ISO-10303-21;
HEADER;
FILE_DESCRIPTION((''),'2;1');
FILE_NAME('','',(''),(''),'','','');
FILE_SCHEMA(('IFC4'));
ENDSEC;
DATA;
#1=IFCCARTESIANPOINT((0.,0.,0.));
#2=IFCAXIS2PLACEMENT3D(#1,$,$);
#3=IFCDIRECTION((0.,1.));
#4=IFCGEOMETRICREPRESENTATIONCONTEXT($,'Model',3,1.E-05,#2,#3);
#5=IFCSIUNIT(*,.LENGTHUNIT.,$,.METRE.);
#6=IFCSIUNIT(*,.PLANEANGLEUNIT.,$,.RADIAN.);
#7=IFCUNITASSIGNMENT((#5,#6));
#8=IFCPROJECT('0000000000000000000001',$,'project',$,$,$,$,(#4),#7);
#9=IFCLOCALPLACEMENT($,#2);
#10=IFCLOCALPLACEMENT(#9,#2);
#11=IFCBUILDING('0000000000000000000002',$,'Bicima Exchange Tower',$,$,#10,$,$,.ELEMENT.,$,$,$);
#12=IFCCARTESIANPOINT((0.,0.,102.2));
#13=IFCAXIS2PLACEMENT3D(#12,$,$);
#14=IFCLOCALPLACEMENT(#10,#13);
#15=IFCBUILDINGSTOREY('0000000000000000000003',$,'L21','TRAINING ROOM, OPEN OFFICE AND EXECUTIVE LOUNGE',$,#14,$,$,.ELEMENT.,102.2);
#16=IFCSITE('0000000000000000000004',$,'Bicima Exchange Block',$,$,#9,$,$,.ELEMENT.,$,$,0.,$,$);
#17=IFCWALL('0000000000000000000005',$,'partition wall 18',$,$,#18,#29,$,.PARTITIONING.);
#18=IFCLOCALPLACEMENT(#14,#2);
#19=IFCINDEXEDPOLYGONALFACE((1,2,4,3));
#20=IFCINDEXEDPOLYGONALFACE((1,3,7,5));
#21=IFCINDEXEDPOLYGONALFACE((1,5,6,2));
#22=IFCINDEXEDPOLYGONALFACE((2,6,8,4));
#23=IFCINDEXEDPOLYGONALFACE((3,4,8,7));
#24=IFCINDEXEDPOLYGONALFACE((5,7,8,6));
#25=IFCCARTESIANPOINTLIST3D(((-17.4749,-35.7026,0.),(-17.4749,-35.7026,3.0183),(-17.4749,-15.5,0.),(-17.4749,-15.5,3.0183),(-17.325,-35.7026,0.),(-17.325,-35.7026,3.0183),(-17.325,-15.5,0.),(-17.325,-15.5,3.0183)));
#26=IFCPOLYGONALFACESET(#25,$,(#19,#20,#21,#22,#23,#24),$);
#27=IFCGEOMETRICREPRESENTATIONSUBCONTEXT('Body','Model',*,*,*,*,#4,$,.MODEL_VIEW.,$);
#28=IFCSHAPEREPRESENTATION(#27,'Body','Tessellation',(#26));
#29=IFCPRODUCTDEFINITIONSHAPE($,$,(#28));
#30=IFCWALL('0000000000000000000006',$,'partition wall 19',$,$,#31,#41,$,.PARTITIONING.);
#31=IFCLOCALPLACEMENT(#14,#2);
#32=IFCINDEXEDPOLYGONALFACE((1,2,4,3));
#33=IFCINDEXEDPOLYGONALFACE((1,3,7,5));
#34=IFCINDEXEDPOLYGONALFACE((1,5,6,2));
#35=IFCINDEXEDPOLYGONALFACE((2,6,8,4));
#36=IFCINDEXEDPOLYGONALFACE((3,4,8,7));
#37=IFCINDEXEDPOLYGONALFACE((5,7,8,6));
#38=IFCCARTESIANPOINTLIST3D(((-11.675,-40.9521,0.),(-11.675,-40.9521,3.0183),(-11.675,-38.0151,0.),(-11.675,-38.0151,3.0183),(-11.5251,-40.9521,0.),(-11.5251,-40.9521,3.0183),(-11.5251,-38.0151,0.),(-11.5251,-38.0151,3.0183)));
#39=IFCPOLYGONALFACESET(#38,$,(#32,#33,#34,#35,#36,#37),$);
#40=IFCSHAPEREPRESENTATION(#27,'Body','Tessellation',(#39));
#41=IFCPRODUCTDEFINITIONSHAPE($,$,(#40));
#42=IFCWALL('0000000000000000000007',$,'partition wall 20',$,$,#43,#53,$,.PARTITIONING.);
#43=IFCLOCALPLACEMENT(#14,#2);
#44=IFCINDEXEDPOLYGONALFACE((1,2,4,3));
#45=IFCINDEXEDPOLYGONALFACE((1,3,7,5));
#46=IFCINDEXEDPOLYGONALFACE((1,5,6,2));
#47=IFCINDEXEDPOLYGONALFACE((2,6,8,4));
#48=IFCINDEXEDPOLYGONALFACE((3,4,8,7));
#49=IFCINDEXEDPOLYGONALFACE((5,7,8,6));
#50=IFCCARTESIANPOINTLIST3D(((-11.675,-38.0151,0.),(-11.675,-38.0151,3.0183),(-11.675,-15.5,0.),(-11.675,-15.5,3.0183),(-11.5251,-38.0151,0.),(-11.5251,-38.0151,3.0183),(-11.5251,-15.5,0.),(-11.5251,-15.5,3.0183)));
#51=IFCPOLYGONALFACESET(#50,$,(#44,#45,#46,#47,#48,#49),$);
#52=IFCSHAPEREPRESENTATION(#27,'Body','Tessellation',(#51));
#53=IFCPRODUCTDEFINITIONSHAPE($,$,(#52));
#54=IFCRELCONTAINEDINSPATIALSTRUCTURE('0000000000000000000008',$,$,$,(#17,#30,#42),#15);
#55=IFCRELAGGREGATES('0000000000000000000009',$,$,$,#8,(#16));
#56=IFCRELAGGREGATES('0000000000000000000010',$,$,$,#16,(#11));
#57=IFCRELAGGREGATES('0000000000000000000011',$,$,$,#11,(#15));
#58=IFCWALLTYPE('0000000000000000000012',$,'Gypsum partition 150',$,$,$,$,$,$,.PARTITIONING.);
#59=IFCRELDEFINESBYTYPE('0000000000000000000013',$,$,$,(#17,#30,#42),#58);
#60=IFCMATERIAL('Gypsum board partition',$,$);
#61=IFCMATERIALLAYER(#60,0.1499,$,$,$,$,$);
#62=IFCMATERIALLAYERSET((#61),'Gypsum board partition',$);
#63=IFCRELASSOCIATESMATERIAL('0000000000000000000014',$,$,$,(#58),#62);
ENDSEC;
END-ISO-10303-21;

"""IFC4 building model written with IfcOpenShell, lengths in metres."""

from ifc_helpers import new_model, si_unit, direction, frame, frame_2d, origin, place, context, subcontext, project, spatial, rectangle, extrude, material, layer, layer_set, type_object, element, save


model = new_model("IFC4")

# Units and contexts
model_context = context("Model", 3, precision=1e-05, world=origin(), true_north=direction((0.0, 1.0)))
body_context = subcontext(model_context, "Body", "Model", "MODEL_VIEW")
ifc_project = project(units=[si_unit("LENGTHUNIT", "METRE"), si_unit("PLANEANGLEUNIT", "RADIAN")], contexts=[model_context])

# Site, building, storey
site_placement = place(None, origin())
site = spatial("IfcSite", under=ifc_project, at=site_placement, Name="Bicima Exchange Block", CompositionType="ELEMENT", RefElevation=0.0)
building_placement = place(site_placement, origin())
building = spatial("IfcBuilding", under=site, at=building_placement, Name="Bicima Exchange Tower", CompositionType="ELEMENT")
storey_placement = place(building_placement, frame((0.0, 0.0, 102.2)))
storey = spatial("IfcBuildingStorey", under=building, at=storey_placement, Name="L21", Description="TRAINING ROOM, OPEN OFFICE AND EXECUTIVE LOUNGE", CompositionType="ELEMENT", Elevation=102.2)

# Walls
ifc_material_1 = material(Name="Gypsum board partition")
ifc_layer_1 = layer(ifc_material_1, 0.1499)
ifc_layer_set_1 = layer_set([ifc_layer_1], Name="Gypsum board partition")
wall_type = type_object("IfcWallType", Name="Gypsum partition 150", PredefinedType="PARTITIONING", material=ifc_layer_set_1)
wall_1_placement = place(storey_placement, frame((-17.3999, -35.7026, 0.0), z_axis=(0.0, 0.0, 1.0), x_axis=(0.0, 1.0, 0.0)))
element("IfcWall", 1, at=wall_1_placement, inside=storey, type_object=wall_type, Name="partition wall 18", PredefinedType="PARTITIONING", context=body_context, shape_type="SweptSolid", body=[
    extrude(rectangle(XDim=20.2026, YDim=0.1499, at=frame_2d((10.1013, 0.0))), origin(), (0.0, 0.0, 1.0), 3.0183),
])
wall_2_placement = place(storey_placement, frame((-11.6001, -40.9521, 0.0), z_axis=(0.0, 0.0, 1.0), x_axis=(0.0, 1.0, 0.0)))
element("IfcWall", 2, at=wall_2_placement, inside=storey, type_object=wall_type, Name="partition wall 19", PredefinedType="PARTITIONING", context=body_context, shape_type="SweptSolid", body=[
    extrude(rectangle(XDim=2.937, YDim=0.1499, at=frame_2d((1.4685, 0.0))), origin(), (0.0, 0.0, 1.0), 3.0183),
])
wall_3_placement = place(storey_placement, frame((-11.6001, -38.0151, 0.0), z_axis=(0.0, 0.0, 1.0), x_axis=(0.0, 1.0, 0.0)))
element("IfcWall", 3, at=wall_3_placement, inside=storey, type_object=wall_type, Name="partition wall 20", PredefinedType="PARTITIONING", context=body_context, shape_type="SweptSolid", body=[
    extrude(rectangle(XDim=22.5151, YDim=0.1499, at=frame_2d((11.2576, 0.0))), origin(), (0.0, 0.0, 1.0), 3.0183),
])

save(model, "model.ifc")
